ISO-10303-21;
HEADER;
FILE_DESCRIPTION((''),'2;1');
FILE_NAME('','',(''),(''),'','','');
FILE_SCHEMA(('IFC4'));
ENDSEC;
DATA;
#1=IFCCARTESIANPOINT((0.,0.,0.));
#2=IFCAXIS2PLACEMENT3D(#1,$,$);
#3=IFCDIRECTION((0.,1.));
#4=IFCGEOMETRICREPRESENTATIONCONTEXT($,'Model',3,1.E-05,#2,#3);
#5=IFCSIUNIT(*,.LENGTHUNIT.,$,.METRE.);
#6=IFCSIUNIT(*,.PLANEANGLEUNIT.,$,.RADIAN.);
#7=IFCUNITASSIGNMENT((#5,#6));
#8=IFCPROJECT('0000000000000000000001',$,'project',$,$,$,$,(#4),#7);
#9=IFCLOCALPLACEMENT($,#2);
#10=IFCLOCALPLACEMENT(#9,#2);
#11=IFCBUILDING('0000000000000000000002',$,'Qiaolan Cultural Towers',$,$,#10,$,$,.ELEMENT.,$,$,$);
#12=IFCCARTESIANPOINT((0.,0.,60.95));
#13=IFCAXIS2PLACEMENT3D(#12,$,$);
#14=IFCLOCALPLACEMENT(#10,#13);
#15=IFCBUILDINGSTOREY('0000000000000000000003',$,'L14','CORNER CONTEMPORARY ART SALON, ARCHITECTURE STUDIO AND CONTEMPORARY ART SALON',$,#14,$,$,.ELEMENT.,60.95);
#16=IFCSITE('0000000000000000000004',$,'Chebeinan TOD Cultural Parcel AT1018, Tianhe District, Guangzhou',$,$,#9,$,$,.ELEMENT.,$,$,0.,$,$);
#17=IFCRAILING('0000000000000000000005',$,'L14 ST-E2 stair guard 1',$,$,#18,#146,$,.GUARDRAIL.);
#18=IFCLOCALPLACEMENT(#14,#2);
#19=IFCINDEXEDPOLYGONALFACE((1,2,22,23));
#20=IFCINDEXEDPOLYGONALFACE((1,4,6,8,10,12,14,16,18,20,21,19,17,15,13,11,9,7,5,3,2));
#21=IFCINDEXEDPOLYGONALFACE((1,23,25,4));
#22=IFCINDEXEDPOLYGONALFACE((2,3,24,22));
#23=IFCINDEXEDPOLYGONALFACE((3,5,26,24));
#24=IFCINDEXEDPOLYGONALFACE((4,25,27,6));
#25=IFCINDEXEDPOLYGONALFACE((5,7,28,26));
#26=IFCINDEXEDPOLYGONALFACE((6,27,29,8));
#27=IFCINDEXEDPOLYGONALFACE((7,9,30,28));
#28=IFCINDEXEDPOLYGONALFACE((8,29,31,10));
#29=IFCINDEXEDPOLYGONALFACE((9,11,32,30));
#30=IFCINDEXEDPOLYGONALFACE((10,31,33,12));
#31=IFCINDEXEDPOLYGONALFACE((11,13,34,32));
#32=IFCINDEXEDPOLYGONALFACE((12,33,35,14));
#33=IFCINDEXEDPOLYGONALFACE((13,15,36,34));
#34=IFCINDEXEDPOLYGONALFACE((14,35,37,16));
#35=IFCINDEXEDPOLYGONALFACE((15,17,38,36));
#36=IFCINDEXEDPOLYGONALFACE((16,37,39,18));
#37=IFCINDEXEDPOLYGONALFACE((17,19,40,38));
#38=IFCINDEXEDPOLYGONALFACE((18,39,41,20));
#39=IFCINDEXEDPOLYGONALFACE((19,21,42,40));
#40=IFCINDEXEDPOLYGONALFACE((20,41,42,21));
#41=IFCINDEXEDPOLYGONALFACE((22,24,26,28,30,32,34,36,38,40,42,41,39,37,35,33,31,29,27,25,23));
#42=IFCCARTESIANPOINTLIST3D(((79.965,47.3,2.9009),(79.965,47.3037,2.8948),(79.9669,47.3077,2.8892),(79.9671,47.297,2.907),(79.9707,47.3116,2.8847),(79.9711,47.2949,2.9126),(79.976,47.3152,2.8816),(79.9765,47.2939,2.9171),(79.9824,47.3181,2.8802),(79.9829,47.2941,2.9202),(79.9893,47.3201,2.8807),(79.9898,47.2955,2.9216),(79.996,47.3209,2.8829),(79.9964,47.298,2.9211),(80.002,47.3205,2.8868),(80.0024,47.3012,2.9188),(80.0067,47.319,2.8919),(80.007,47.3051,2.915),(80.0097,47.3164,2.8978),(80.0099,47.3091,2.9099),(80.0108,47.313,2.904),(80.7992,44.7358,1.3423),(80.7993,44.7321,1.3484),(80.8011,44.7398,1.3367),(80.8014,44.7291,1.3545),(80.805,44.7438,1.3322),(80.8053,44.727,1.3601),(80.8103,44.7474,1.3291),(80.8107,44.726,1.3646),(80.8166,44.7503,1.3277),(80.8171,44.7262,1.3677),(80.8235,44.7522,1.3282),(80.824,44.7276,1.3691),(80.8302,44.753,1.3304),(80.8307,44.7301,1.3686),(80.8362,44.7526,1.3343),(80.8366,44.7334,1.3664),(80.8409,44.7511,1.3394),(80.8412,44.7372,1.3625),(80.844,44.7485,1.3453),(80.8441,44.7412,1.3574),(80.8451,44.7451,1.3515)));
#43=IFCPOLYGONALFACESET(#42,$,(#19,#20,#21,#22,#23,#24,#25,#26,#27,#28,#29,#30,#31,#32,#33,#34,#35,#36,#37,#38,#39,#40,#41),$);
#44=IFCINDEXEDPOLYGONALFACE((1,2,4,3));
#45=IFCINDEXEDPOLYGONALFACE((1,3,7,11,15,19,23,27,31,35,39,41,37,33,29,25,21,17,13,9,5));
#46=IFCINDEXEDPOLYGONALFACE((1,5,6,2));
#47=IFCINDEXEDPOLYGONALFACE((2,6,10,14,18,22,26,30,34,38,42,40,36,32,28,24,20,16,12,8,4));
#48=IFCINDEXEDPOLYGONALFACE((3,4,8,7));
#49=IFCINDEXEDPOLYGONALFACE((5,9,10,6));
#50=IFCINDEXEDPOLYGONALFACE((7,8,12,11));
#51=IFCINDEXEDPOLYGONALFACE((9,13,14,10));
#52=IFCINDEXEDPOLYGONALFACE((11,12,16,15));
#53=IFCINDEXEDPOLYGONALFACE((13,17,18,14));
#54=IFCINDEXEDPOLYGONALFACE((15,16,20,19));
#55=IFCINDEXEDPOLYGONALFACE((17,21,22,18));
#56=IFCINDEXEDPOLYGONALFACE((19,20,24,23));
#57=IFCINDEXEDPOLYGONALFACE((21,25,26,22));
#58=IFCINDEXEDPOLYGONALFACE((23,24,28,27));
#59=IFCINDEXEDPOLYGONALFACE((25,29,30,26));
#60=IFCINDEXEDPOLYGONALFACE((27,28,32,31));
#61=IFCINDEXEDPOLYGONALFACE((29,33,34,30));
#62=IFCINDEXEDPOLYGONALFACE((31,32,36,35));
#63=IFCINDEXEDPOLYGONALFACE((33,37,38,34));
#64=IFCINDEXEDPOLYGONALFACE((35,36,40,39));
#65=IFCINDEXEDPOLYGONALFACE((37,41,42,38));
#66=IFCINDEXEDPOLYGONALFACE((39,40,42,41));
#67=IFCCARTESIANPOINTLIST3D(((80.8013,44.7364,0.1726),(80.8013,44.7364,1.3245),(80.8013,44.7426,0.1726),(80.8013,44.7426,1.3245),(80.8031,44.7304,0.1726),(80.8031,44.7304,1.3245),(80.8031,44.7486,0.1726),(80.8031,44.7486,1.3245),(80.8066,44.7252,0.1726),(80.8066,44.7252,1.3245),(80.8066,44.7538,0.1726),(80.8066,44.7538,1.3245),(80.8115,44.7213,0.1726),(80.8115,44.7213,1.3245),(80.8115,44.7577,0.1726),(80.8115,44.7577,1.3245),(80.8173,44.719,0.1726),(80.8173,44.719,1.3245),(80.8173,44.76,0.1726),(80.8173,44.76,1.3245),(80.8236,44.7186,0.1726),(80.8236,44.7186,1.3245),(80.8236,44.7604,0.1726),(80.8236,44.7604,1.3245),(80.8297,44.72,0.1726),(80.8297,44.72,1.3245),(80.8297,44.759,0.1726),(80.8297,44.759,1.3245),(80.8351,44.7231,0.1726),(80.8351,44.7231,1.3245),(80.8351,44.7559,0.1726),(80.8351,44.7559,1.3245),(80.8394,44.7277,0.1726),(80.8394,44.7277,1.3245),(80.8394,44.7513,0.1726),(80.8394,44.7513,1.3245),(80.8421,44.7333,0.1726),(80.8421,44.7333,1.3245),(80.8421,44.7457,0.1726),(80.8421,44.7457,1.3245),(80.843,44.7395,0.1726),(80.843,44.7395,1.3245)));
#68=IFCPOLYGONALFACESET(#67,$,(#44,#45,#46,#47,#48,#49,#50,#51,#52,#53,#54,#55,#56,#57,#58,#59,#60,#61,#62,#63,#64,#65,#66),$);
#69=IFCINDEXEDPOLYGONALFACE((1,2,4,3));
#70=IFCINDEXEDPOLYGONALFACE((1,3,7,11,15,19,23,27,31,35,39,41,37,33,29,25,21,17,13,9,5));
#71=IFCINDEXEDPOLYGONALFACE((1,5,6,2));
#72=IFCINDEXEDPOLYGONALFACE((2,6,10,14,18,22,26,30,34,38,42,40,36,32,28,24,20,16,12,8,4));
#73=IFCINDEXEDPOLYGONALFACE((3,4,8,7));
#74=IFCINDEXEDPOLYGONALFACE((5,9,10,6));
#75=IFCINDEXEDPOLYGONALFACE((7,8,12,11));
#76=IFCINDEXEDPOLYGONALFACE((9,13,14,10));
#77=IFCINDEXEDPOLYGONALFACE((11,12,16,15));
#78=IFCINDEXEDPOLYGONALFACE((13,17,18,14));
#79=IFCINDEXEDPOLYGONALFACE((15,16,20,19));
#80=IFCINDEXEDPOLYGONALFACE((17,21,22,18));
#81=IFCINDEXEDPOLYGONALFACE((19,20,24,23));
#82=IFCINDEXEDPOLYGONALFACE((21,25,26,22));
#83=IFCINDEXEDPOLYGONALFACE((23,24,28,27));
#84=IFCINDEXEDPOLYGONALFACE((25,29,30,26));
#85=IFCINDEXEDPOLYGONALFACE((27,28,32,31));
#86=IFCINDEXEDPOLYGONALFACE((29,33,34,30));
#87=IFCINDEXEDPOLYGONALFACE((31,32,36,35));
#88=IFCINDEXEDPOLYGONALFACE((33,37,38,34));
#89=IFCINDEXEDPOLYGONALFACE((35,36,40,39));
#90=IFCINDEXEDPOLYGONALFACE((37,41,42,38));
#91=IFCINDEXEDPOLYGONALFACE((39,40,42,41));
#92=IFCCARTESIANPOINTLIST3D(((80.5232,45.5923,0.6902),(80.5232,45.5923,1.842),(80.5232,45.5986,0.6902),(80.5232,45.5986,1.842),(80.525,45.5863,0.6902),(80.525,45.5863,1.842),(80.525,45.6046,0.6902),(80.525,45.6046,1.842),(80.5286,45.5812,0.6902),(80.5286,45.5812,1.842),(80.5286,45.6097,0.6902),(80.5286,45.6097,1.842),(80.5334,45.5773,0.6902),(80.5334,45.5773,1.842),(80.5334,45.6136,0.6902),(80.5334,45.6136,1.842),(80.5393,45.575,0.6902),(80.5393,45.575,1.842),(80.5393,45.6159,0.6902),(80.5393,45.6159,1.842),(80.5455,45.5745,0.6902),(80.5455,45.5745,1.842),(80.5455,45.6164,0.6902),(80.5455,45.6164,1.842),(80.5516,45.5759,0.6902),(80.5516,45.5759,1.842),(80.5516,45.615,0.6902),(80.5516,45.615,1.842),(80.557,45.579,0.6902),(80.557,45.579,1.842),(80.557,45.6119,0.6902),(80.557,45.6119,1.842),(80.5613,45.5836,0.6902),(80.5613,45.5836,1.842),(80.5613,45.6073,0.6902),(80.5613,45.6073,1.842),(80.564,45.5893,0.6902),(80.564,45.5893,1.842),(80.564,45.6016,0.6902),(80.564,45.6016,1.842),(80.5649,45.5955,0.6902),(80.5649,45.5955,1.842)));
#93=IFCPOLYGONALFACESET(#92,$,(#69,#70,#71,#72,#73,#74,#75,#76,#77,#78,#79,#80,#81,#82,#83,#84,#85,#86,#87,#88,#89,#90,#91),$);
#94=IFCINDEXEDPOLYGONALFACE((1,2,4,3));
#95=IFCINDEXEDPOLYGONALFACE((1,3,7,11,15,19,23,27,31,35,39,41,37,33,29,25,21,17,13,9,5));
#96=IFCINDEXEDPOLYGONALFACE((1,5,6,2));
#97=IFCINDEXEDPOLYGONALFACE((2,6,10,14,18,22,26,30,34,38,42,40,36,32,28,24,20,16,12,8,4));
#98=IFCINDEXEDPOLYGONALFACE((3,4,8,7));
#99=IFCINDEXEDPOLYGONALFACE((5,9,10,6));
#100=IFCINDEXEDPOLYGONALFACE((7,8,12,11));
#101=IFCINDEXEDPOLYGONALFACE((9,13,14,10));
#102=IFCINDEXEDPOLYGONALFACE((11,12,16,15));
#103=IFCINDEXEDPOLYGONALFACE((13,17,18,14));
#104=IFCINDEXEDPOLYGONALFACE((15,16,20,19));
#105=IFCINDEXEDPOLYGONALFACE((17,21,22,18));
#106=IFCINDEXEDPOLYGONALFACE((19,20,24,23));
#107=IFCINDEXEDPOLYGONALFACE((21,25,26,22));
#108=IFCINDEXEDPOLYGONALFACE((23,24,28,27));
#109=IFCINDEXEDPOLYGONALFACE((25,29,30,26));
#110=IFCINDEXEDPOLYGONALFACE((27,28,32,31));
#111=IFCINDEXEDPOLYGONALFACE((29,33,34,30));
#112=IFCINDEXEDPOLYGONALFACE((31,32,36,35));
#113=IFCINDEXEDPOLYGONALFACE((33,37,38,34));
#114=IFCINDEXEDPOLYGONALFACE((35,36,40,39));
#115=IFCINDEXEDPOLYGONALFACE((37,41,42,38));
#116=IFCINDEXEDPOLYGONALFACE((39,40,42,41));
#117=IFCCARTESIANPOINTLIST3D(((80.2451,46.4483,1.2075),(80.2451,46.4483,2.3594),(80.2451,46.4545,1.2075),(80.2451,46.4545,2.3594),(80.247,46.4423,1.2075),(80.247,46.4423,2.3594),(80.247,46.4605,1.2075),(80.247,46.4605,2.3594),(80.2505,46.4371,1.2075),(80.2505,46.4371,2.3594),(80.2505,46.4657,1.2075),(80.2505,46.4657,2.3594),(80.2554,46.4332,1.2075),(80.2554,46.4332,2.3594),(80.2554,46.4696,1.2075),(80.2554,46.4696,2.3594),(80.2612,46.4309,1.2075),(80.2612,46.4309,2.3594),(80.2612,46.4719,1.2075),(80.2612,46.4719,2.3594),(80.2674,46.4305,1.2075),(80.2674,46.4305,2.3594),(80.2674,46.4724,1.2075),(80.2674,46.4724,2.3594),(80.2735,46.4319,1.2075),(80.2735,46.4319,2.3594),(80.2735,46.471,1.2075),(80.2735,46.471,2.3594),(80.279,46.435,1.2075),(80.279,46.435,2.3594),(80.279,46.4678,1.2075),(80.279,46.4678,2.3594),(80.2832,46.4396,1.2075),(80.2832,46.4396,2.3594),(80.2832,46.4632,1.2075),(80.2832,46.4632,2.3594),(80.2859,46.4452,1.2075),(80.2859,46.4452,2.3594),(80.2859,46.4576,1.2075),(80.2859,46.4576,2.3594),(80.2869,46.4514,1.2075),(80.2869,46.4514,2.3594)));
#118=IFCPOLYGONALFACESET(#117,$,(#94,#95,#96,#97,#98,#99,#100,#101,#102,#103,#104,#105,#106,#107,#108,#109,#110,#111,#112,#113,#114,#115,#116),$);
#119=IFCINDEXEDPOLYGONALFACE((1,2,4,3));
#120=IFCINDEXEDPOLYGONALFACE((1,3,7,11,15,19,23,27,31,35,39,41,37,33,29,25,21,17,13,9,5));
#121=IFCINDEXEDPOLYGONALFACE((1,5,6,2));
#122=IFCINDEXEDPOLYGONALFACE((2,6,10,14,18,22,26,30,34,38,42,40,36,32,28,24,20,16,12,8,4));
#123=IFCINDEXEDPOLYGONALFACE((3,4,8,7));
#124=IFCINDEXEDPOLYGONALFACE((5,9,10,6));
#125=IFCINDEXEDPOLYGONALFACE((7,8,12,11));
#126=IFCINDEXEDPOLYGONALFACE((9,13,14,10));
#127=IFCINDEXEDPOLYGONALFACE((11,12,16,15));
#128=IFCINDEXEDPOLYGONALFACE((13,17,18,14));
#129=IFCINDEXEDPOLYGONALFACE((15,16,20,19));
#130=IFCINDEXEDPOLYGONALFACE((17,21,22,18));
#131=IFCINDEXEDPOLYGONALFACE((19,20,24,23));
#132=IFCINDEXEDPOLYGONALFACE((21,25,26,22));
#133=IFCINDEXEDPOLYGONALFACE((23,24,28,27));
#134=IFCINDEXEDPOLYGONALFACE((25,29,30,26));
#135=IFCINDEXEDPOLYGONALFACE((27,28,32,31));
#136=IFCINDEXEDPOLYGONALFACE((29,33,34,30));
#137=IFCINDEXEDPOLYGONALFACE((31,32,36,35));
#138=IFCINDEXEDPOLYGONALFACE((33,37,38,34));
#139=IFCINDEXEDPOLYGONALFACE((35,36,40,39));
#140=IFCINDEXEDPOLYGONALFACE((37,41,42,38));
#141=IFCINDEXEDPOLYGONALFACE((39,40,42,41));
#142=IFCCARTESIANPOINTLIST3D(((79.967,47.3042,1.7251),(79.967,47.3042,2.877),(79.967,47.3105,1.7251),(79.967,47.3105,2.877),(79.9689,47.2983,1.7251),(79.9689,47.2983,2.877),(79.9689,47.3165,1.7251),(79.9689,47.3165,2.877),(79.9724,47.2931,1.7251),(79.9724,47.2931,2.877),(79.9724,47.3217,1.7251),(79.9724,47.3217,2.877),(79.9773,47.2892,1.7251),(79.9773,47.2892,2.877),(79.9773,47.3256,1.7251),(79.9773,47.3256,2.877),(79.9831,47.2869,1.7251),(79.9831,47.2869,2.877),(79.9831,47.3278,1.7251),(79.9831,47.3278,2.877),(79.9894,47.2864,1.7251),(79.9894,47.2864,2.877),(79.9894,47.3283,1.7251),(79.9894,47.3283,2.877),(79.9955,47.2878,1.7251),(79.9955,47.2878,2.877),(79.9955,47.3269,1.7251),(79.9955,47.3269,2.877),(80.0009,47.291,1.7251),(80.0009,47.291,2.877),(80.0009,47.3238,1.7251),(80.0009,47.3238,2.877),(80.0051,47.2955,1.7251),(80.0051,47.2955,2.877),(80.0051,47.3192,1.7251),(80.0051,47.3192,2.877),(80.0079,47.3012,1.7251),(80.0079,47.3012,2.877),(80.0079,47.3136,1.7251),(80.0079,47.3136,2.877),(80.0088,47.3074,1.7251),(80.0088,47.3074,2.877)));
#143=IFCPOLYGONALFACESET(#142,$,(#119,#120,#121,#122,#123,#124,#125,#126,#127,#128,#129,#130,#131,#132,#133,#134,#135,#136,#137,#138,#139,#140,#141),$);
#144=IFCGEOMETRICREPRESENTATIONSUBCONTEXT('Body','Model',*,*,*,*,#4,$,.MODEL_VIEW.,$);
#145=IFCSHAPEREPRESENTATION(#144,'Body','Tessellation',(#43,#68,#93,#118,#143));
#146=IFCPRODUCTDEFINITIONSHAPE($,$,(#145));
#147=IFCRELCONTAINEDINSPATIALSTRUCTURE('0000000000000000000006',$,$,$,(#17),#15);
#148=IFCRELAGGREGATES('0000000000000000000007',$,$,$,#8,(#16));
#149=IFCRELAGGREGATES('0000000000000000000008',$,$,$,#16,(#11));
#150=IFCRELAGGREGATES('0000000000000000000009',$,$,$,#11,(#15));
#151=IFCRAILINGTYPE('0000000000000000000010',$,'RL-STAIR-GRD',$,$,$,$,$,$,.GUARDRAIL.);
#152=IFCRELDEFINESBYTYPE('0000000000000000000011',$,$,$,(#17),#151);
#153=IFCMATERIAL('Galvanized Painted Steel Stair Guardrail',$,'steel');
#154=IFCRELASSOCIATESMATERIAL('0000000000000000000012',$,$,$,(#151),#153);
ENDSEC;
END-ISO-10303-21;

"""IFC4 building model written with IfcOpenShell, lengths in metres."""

from ifc_helpers import new_model, si_unit, direction, frame, origin, origin_2d, place, context, subcontext, project, spatial, circle, extrude, material, type_object, element, save


model = new_model("IFC4")

# Units and contexts
model_context = context("Model", 3, precision=1e-05, world=origin(), true_north=direction((0.0, 1.0)))
body_context = subcontext(model_context, "Body", "Model", "MODEL_VIEW")
ifc_project = project(units=[si_unit("LENGTHUNIT", "METRE"), si_unit("PLANEANGLEUNIT", "RADIAN")], contexts=[model_context])

# Site, building, storey
site_placement = place(None, origin())
site = spatial("IfcSite", under=ifc_project, at=site_placement, Name="Chebeinan TOD Cultural Parcel AT1018, Tianhe District, Guangzhou", CompositionType="ELEMENT", RefElevation=0.0)
building_placement = place(site_placement, origin())
building = spatial("IfcBuilding", under=site, at=building_placement, Name="Qiaolan Cultural Towers", CompositionType="ELEMENT")
storey_placement = place(building_placement, frame((0.0, 0.0, 60.95)))
storey = spatial("IfcBuildingStorey", under=building, at=storey_placement, Name="L14", Description="CORNER CONTEMPORARY ART SALON, ARCHITECTURE STUDIO AND CONTEMPORARY ART SALON", CompositionType="ELEMENT", Elevation=60.95)

# Railing
ifc_material_1 = material(Name="Galvanized Painted Steel Stair Guardrail", Category="steel")
railing_type_1 = type_object("IfcRailingType", Name="RL-STAIR-GRD", PredefinedType="GUARDRAIL", material=ifc_material_1)
railing_1_placement = place(storey_placement, frame((80.822, 44.7395, 0.1726)))
element("IfcRailing", 1, at=railing_1_placement, inside=storey, type_object=railing_type_1, Name="L14 ST-E2 stair guard 1", PredefinedType="GUARDRAIL", context=body_context, shape_type="SweptSolid", body=[
    extrude(circle(Radius=0.0239, at=origin_2d()), frame((0.0, 0.0, 1.1758), z_axis=(-0.267853, 0.824488, 0.498471), x_axis=(-0.95107, -0.308976, 0.0)), (0.0, 0.0, 1.0), 3.1145),
    extrude(circle(Radius=0.021, at=origin_2d()), origin(), (0.0, 0.0, 1.0), 1.1519),
    extrude(circle(Radius=0.021, at=origin_2d()), frame((-0.2781, 0.856, 0.5176)), (0.0, 0.0, 1.0), 1.1519),
    extrude(circle(Radius=0.021, at=origin_2d()), frame((-0.5562, 1.7119, 1.0349)), (0.0, 0.0, 1.0), 1.1519),
    extrude(circle(Radius=0.021, at=origin_2d()), frame((-0.8342, 2.5679, 1.5525)), (0.0, 0.0, 1.0), 1.1519),
])

save(model, "model.ifc")
